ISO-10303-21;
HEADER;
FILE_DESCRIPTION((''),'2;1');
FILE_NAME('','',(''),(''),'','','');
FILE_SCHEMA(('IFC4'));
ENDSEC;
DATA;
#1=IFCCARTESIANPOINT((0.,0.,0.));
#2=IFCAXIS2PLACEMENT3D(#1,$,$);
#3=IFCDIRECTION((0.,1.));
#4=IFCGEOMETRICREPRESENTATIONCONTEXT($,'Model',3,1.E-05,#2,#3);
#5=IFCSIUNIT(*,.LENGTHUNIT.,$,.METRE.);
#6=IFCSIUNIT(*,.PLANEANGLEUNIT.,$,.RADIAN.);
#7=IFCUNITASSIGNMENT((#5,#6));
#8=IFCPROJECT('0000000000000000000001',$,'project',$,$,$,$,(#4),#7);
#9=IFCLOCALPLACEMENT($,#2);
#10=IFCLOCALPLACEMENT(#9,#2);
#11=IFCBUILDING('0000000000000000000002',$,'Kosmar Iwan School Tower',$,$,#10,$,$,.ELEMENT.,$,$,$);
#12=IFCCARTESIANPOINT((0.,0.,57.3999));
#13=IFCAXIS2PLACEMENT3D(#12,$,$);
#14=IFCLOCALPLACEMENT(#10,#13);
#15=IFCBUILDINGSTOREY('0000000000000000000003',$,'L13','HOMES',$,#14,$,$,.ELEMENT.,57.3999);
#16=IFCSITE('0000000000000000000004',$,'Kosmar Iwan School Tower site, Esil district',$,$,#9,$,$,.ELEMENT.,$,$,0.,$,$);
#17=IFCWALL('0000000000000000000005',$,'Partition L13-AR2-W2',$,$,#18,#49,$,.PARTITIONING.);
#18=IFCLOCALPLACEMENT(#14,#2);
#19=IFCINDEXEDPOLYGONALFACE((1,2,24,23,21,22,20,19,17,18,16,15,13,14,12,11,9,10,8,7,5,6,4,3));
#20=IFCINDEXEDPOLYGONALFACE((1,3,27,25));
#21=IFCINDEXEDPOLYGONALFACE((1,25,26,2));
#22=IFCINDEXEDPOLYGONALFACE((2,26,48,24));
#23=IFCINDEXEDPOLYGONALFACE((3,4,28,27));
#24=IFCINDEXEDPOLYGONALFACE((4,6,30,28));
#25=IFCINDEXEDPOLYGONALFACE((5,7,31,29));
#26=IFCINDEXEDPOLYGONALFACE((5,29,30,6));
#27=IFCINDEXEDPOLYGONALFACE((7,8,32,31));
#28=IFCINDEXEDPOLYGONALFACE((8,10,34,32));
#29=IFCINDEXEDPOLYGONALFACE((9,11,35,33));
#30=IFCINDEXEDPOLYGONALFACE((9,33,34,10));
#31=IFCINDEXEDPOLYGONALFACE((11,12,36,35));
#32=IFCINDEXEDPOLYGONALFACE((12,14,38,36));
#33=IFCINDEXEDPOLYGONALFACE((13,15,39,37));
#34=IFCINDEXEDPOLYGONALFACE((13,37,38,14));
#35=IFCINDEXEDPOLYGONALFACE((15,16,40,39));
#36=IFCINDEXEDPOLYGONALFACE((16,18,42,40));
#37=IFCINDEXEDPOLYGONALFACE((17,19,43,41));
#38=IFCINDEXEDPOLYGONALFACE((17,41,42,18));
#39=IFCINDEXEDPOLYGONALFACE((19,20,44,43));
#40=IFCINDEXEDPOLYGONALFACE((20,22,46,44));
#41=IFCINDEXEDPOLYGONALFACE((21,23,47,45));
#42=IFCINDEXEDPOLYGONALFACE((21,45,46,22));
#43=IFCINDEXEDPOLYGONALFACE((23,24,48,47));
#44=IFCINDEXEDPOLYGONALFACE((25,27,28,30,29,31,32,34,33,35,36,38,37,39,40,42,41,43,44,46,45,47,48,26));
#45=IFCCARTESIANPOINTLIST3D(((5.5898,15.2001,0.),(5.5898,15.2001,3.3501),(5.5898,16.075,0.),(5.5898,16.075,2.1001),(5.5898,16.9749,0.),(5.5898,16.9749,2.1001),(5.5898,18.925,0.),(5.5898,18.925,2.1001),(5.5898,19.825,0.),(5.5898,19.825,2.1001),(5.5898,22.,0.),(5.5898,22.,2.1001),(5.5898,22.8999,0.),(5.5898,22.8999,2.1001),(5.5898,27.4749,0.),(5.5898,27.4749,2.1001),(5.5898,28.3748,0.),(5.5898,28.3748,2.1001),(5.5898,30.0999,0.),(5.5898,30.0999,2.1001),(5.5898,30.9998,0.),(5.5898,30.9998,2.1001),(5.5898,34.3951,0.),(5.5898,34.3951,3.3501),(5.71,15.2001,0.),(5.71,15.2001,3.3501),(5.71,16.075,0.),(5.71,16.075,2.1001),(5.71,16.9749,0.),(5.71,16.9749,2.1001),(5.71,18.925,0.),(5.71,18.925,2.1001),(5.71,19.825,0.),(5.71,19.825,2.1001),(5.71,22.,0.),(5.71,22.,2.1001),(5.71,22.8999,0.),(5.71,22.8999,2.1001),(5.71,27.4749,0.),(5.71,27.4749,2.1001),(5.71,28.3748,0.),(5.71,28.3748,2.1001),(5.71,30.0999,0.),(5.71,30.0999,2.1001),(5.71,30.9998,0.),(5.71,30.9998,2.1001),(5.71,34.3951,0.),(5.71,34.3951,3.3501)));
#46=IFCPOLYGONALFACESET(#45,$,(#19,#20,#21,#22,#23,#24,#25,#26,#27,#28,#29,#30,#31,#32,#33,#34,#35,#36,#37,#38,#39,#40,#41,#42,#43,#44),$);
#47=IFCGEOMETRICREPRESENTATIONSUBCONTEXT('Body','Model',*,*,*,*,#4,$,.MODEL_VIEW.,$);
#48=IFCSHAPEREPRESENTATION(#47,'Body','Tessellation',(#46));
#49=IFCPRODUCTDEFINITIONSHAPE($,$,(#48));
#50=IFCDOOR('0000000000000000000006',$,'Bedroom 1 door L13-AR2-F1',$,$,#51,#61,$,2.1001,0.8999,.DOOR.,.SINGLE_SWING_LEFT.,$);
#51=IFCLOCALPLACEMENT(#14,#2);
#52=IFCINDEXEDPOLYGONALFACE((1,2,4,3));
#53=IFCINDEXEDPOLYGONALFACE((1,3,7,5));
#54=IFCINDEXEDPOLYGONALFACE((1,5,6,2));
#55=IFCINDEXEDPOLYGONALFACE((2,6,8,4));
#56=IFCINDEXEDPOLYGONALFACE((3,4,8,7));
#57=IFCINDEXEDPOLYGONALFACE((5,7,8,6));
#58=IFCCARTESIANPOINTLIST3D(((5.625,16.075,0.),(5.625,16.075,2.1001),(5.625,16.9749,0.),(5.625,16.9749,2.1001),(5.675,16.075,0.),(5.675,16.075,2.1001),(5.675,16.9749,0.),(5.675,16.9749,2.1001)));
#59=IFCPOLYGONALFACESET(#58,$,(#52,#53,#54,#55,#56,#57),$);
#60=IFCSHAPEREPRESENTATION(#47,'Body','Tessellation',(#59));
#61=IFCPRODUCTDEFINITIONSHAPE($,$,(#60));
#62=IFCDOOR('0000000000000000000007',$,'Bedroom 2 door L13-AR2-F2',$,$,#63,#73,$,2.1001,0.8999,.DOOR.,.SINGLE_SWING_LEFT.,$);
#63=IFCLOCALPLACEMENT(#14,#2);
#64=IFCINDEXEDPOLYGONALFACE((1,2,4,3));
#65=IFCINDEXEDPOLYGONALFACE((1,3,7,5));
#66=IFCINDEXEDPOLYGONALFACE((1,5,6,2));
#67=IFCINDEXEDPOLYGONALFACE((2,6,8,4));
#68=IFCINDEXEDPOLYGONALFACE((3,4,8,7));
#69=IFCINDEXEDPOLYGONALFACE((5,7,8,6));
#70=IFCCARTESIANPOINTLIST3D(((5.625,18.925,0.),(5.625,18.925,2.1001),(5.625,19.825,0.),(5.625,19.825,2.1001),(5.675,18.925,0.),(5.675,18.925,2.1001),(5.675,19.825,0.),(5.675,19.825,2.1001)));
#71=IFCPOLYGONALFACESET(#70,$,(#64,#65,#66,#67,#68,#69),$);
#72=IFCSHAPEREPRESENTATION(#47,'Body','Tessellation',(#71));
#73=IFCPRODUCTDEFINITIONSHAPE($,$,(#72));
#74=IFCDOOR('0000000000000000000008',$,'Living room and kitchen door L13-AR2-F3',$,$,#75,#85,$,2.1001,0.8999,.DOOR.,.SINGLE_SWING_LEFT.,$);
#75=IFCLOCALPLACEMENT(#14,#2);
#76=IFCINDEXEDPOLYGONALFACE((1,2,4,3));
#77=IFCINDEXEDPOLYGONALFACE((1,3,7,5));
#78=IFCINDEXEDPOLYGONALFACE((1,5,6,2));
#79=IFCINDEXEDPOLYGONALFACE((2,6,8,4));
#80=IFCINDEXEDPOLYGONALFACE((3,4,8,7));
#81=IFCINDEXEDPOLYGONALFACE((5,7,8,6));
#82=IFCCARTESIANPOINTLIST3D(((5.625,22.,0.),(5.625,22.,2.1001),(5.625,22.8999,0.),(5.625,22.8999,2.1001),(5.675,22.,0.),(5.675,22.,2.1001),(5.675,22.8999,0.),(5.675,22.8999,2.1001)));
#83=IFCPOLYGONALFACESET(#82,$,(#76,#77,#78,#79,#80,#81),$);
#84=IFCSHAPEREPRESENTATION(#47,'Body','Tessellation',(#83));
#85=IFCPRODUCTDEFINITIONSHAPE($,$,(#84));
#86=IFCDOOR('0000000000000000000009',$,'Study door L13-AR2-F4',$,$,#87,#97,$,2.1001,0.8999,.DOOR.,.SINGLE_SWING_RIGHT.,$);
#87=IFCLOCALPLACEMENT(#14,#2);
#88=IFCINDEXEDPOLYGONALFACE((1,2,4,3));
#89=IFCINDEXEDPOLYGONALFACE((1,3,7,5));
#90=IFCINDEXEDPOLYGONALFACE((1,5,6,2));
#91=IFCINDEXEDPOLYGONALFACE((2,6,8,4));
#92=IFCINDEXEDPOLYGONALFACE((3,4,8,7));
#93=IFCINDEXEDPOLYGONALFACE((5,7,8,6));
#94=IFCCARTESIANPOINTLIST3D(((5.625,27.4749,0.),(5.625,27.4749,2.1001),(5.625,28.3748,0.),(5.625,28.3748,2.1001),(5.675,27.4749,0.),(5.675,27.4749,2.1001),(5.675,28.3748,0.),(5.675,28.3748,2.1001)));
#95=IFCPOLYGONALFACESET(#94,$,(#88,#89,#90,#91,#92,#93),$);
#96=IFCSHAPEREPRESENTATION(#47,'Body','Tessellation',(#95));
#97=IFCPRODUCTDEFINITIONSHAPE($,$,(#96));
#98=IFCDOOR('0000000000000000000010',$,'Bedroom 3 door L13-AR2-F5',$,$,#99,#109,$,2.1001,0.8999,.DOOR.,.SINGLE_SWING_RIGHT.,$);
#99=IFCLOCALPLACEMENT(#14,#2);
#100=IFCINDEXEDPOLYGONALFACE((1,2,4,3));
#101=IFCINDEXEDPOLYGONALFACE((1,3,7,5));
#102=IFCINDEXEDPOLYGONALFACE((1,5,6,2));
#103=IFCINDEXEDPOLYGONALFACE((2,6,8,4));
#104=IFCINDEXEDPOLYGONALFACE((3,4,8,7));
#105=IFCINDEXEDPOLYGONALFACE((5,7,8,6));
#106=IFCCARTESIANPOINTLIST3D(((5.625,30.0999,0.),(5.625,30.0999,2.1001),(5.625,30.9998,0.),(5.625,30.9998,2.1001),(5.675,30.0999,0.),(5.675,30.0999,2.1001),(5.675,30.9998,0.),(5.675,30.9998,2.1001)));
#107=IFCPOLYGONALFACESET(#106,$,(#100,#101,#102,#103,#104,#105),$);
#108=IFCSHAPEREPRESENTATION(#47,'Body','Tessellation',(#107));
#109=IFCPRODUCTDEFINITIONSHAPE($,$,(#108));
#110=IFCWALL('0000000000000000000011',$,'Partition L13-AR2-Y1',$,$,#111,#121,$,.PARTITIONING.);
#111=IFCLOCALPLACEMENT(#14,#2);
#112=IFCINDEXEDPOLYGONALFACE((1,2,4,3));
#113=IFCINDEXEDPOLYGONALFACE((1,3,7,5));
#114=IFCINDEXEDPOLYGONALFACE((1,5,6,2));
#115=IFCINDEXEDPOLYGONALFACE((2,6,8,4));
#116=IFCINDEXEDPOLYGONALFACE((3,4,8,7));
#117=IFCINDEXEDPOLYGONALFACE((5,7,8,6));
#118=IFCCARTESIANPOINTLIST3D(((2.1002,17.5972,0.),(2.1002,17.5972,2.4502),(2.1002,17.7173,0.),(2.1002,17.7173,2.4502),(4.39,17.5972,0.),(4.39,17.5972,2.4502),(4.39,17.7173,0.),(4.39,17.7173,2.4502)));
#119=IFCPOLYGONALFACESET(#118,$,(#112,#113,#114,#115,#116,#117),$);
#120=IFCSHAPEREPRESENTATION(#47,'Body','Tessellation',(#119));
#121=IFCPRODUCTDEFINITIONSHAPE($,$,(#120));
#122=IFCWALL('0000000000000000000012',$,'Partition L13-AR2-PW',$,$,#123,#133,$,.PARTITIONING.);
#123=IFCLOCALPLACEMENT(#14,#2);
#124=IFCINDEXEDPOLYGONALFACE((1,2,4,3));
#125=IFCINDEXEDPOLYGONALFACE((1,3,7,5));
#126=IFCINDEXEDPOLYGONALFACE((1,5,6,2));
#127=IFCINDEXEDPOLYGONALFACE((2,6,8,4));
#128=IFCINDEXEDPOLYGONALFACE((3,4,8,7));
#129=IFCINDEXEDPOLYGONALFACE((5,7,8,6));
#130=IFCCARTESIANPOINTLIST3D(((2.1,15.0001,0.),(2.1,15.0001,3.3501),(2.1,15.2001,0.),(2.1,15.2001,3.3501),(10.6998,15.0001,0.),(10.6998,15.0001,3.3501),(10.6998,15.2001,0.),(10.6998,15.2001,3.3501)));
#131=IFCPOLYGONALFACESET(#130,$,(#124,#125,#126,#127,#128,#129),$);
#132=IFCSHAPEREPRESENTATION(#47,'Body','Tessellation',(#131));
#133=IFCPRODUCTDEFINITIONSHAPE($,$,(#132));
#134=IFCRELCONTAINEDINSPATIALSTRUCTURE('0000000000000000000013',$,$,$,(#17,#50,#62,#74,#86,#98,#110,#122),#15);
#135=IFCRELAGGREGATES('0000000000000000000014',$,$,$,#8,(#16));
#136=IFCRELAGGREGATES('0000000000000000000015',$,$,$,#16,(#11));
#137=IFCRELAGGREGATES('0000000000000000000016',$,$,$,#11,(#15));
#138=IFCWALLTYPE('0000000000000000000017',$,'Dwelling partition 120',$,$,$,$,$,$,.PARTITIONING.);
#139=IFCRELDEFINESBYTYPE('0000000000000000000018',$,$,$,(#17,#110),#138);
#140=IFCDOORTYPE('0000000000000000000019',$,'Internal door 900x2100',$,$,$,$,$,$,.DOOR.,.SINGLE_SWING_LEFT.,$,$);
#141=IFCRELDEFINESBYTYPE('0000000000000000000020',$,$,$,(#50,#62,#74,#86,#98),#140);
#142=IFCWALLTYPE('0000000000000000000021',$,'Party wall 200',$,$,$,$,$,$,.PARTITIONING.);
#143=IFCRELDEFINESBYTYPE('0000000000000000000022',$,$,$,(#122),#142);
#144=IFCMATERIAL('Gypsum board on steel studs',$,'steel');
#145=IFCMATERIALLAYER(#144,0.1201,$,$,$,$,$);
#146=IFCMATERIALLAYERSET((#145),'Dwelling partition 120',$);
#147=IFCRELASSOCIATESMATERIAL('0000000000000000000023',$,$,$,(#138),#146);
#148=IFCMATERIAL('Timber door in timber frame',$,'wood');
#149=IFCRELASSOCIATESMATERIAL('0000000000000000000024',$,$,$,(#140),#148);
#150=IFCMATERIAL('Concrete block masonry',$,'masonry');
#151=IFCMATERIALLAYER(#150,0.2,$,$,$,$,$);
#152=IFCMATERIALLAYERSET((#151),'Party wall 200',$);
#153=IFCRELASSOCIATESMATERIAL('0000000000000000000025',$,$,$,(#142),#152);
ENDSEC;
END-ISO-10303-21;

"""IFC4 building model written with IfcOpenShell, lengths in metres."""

from ifc_helpers import new_model, si_unit, direction, frame, frame_2d, origin, place, context, subcontext, project, spatial, rectangle, extrude, material, layer, layer_set, type_object, element, fill, save


model = new_model("IFC4")

# Units and contexts
model_context = context("Model", 3, precision=1e-05, world=origin(), true_north=direction((0.0, 1.0)))
body_context = subcontext(model_context, "Body", "Model", "MODEL_VIEW")
ifc_project = project(units=[si_unit("LENGTHUNIT", "METRE"), si_unit("PLANEANGLEUNIT", "RADIAN")], contexts=[model_context])

# Site, building, storey
site_placement = place(None, origin())
site = spatial("IfcSite", under=ifc_project, at=site_placement, Name="Kosmar Iwan School Tower site, Esil district", CompositionType="ELEMENT", RefElevation=0.0)
building_placement = place(site_placement, origin())
building = spatial("IfcBuilding", under=site, at=building_placement, Name="Kosmar Iwan School Tower", CompositionType="ELEMENT")
storey_placement = place(building_placement, frame((0.0, 0.0, 57.3999)))
storey = spatial("IfcBuildingStorey", under=building, at=storey_placement, Name="L13", Description="HOMES", CompositionType="ELEMENT", Elevation=57.3999)

# Shared definitions
ifc_material_1 = material(Name="Gypsum board on steel studs", Category="steel")
ifc_layer_1 = layer(ifc_material_1, 0.1201)
ifc_layer_set_1 = layer_set([ifc_layer_1], Name="Dwelling partition 120")
wall_type_1 = type_object("IfcWallType", Name="Dwelling partition 120", PredefinedType="PARTITIONING", material=ifc_layer_set_1)

# Wall, openings, doors
ifc_material_2 = material(Name="Timber door in timber frame", Category="wood")
door_type_1 = type_object("IfcDoorType", Name="Internal door 900x2100", OperationType="SINGLE_SWING_LEFT", PredefinedType="DOOR", material=ifc_material_2)
wall_1_placement = place(storey_placement, frame((5.6499, 15.2, 0.0), z_axis=(0.0, 0.0, 1.0), x_axis=(0.0, 1.0, 0.0)))
wall_1 = element("IfcWall", 1, at=wall_1_placement, inside=storey, type_object=wall_type_1, Name="Partition L13-AR2-W2", PredefinedType="PARTITIONING", context=body_context, shape_type="SweptSolid", body=[
    extrude(rectangle(XDim=19.1951, YDim=0.1201, at=frame_2d((9.5977, 0.0))), origin(), (0.0, 0.0, 1.0), 3.3501),
])
opening_1_placement = place(wall_1_placement, frame((0.875, 0.0, 0.0)))
opening_1 = element("IfcOpeningElement", 2, at=opening_1_placement, cuts=wall_1, PredefinedType="OPENING", context=body_context, shape_type="SweptSolid", body=[
    extrude(rectangle(XDim=0.8999, YDim=2.1001, at=frame_2d((0.45, 1.05))), frame((0.0, 0.072, 0.0), z_axis=(0.0, -1.0, 0.0), x_axis=(1.0, 0.0, 0.0)), (0.0, 0.0, 1.0), 0.144),
])
opening_2_placement = place(wall_1_placement, frame((3.7251, 0.0, 0.0)))
opening_2 = element("IfcOpeningElement", 3, at=opening_2_placement, cuts=wall_1, PredefinedType="OPENING", context=body_context, shape_type="SweptSolid", body=[
    extrude(rectangle(XDim=0.8999, YDim=2.1001, at=frame_2d((0.45, 1.05))), frame((0.0, 0.072, 0.0), z_axis=(0.0, -1.0, 0.0), x_axis=(1.0, 0.0, 0.0)), (0.0, 0.0, 1.0), 0.144),
])
opening_3_placement = place(wall_1_placement, frame((6.8, 0.0, 0.0)))
opening_3 = element("IfcOpeningElement", 4, at=opening_3_placement, cuts=wall_1, PredefinedType="OPENING", context=body_context, shape_type="SweptSolid", body=[
    extrude(rectangle(XDim=0.8999, YDim=2.1001, at=frame_2d((0.45, 1.05))), frame((0.0, 0.072, 0.0), z_axis=(0.0, -1.0, 0.0), x_axis=(1.0, 0.0, 0.0)), (0.0, 0.0, 1.0), 0.144),
])
opening_4_placement = place(wall_1_placement, frame((12.2749, 0.0, 0.0)))
opening_4 = element("IfcOpeningElement", 5, at=opening_4_placement, cuts=wall_1, PredefinedType="OPENING", context=body_context, shape_type="SweptSolid", body=[
    extrude(rectangle(XDim=0.8999, YDim=2.1001, at=frame_2d((0.45, 1.05))), frame((0.0, 0.072, 0.0), z_axis=(0.0, -1.0, 0.0), x_axis=(1.0, 0.0, 0.0)), (0.0, 0.0, 1.0), 0.144),
])
opening_5_placement = place(wall_1_placement, frame((14.8999, 0.0, 0.0)))
opening_5 = element("IfcOpeningElement", 6, at=opening_5_placement, cuts=wall_1, PredefinedType="OPENING", context=body_context, shape_type="SweptSolid", body=[
    extrude(rectangle(XDim=0.8999, YDim=2.1001, at=frame_2d((0.45, 1.05))), frame((0.0, 0.072, 0.0), z_axis=(0.0, -1.0, 0.0), x_axis=(1.0, 0.0, 0.0)), (0.0, 0.0, 1.0), 0.144),
])
door_1_placement = place(opening_1_placement, origin())
door_1 = element("IfcDoor", 7, at=door_1_placement, inside=storey, type_object=door_type_1, Name="Bedroom 1 door L13-AR2-F1", OperationType="SINGLE_SWING_LEFT", OverallHeight=2.1001, OverallWidth=0.8999, PredefinedType="DOOR", context=body_context, shape_type="SweptSolid", body=[
    extrude(rectangle(XDim=0.8999, YDim=2.1001, at=frame_2d((0.45, 1.05))), frame((0.0, 0.0249, 0.0), z_axis=(0.0, -1.0, 0.0), x_axis=(1.0, 0.0, 0.0)), (0.0, 0.0, 1.0), 0.05),
])
fill(opening_1, door_1)
door_2_placement = place(opening_2_placement, origin())
door_2 = element("IfcDoor", 8, at=door_2_placement, inside=storey, type_object=door_type_1, Name="Bedroom 2 door L13-AR2-F2", OperationType="SINGLE_SWING_LEFT", OverallHeight=2.1001, OverallWidth=0.8999, PredefinedType="DOOR", context=body_context, shape_type="SweptSolid", body=[
    extrude(rectangle(XDim=0.8999, YDim=2.1001, at=frame_2d((0.45, 1.05))), frame((0.0, 0.0249, 0.0), z_axis=(0.0, -1.0, 0.0), x_axis=(1.0, 0.0, 0.0)), (0.0, 0.0, 1.0), 0.05),
])
fill(opening_2, door_2)
door_3_placement = place(opening_3_placement, origin())
door_3 = element("IfcDoor", 9, at=door_3_placement, inside=storey, type_object=door_type_1, Name="Living room and kitchen door L13-AR2-F3", OperationType="SINGLE_SWING_LEFT", OverallHeight=2.1001, OverallWidth=0.8999, PredefinedType="DOOR", context=body_context, shape_type="SweptSolid", body=[
    extrude(rectangle(XDim=0.8999, YDim=2.1001, at=frame_2d((0.45, 1.05))), frame((0.0, 0.0249, 0.0), z_axis=(0.0, -1.0, 0.0), x_axis=(1.0, 0.0, 0.0)), (0.0, 0.0, 1.0), 0.05),
])
fill(opening_3, door_3)
door_4_placement = place(opening_4_placement, origin())
door_4 = element("IfcDoor", 10, at=door_4_placement, inside=storey, type_object=door_type_1, Name="Study door L13-AR2-F4", OperationType="SINGLE_SWING_RIGHT", OverallHeight=2.1001, OverallWidth=0.8999, PredefinedType="DOOR", context=body_context, shape_type="SweptSolid", body=[
    extrude(rectangle(XDim=0.8999, YDim=2.1001, at=frame_2d((0.45, 1.05))), frame((0.0, 0.0249, 0.0), z_axis=(0.0, -1.0, 0.0), x_axis=(1.0, 0.0, 0.0)), (0.0, 0.0, 1.0), 0.05),
])
fill(opening_4, door_4)
door_5_placement = place(opening_5_placement, origin())
door_5 = element("IfcDoor", 11, at=door_5_placement, inside=storey, type_object=door_type_1, Name="Bedroom 3 door L13-AR2-F5", OperationType="SINGLE_SWING_RIGHT", OverallHeight=2.1001, OverallWidth=0.8999, PredefinedType="DOOR", context=body_context, shape_type="SweptSolid", body=[
    extrude(rectangle(XDim=0.8999, YDim=2.1001, at=frame_2d((0.45, 1.05))), frame((0.0, 0.0249, 0.0), z_axis=(0.0, -1.0, 0.0), x_axis=(1.0, 0.0, 0.0)), (0.0, 0.0, 1.0), 0.05),
])
fill(opening_5, door_5)

# Walls
wall_2_placement = place(storey_placement, frame((2.1001, 17.6572, 0.0), z_axis=(0.0, 0.0, 1.0), x_axis=(1.0, 0.0, 0.0)))
element("IfcWall", 12, at=wall_2_placement, inside=storey, type_object=wall_type_1, Name="Partition L13-AR2-Y1", PredefinedType="PARTITIONING", context=body_context, shape_type="SweptSolid", body=[
    extrude(rectangle(XDim=2.2898, YDim=0.1201, at=frame_2d((1.145, 0.0))), origin(), (0.0, 0.0, 1.0), 2.4502),
])
ifc_material_3 = material(Name="Concrete block masonry", Category="masonry")
ifc_layer_2 = layer(ifc_material_3, 0.2)
ifc_layer_set_2 = layer_set([ifc_layer_2], Name="Party wall 200")
wall_type_2 = type_object("IfcWallType", Name="Party wall 200", PredefinedType="PARTITIONING", material=ifc_layer_set_2)
wall_3_placement = place(storey_placement, frame((2.1001, 15.1001, 0.0), z_axis=(0.0, 0.0, 1.0), x_axis=(1.0, 0.0, 0.0)))
element("IfcWall", 13, at=wall_3_placement, inside=storey, type_object=wall_type_2, Name="Partition L13-AR2-PW", PredefinedType="PARTITIONING", context=body_context, shape_type="SweptSolid", body=[
    extrude(rectangle(XDim=8.5999, YDim=0.2, at=frame_2d((4.2998, 0.0))), origin(), (0.0, 0.0, 1.0), 3.3501),
])

save(model, "model.ifc")
